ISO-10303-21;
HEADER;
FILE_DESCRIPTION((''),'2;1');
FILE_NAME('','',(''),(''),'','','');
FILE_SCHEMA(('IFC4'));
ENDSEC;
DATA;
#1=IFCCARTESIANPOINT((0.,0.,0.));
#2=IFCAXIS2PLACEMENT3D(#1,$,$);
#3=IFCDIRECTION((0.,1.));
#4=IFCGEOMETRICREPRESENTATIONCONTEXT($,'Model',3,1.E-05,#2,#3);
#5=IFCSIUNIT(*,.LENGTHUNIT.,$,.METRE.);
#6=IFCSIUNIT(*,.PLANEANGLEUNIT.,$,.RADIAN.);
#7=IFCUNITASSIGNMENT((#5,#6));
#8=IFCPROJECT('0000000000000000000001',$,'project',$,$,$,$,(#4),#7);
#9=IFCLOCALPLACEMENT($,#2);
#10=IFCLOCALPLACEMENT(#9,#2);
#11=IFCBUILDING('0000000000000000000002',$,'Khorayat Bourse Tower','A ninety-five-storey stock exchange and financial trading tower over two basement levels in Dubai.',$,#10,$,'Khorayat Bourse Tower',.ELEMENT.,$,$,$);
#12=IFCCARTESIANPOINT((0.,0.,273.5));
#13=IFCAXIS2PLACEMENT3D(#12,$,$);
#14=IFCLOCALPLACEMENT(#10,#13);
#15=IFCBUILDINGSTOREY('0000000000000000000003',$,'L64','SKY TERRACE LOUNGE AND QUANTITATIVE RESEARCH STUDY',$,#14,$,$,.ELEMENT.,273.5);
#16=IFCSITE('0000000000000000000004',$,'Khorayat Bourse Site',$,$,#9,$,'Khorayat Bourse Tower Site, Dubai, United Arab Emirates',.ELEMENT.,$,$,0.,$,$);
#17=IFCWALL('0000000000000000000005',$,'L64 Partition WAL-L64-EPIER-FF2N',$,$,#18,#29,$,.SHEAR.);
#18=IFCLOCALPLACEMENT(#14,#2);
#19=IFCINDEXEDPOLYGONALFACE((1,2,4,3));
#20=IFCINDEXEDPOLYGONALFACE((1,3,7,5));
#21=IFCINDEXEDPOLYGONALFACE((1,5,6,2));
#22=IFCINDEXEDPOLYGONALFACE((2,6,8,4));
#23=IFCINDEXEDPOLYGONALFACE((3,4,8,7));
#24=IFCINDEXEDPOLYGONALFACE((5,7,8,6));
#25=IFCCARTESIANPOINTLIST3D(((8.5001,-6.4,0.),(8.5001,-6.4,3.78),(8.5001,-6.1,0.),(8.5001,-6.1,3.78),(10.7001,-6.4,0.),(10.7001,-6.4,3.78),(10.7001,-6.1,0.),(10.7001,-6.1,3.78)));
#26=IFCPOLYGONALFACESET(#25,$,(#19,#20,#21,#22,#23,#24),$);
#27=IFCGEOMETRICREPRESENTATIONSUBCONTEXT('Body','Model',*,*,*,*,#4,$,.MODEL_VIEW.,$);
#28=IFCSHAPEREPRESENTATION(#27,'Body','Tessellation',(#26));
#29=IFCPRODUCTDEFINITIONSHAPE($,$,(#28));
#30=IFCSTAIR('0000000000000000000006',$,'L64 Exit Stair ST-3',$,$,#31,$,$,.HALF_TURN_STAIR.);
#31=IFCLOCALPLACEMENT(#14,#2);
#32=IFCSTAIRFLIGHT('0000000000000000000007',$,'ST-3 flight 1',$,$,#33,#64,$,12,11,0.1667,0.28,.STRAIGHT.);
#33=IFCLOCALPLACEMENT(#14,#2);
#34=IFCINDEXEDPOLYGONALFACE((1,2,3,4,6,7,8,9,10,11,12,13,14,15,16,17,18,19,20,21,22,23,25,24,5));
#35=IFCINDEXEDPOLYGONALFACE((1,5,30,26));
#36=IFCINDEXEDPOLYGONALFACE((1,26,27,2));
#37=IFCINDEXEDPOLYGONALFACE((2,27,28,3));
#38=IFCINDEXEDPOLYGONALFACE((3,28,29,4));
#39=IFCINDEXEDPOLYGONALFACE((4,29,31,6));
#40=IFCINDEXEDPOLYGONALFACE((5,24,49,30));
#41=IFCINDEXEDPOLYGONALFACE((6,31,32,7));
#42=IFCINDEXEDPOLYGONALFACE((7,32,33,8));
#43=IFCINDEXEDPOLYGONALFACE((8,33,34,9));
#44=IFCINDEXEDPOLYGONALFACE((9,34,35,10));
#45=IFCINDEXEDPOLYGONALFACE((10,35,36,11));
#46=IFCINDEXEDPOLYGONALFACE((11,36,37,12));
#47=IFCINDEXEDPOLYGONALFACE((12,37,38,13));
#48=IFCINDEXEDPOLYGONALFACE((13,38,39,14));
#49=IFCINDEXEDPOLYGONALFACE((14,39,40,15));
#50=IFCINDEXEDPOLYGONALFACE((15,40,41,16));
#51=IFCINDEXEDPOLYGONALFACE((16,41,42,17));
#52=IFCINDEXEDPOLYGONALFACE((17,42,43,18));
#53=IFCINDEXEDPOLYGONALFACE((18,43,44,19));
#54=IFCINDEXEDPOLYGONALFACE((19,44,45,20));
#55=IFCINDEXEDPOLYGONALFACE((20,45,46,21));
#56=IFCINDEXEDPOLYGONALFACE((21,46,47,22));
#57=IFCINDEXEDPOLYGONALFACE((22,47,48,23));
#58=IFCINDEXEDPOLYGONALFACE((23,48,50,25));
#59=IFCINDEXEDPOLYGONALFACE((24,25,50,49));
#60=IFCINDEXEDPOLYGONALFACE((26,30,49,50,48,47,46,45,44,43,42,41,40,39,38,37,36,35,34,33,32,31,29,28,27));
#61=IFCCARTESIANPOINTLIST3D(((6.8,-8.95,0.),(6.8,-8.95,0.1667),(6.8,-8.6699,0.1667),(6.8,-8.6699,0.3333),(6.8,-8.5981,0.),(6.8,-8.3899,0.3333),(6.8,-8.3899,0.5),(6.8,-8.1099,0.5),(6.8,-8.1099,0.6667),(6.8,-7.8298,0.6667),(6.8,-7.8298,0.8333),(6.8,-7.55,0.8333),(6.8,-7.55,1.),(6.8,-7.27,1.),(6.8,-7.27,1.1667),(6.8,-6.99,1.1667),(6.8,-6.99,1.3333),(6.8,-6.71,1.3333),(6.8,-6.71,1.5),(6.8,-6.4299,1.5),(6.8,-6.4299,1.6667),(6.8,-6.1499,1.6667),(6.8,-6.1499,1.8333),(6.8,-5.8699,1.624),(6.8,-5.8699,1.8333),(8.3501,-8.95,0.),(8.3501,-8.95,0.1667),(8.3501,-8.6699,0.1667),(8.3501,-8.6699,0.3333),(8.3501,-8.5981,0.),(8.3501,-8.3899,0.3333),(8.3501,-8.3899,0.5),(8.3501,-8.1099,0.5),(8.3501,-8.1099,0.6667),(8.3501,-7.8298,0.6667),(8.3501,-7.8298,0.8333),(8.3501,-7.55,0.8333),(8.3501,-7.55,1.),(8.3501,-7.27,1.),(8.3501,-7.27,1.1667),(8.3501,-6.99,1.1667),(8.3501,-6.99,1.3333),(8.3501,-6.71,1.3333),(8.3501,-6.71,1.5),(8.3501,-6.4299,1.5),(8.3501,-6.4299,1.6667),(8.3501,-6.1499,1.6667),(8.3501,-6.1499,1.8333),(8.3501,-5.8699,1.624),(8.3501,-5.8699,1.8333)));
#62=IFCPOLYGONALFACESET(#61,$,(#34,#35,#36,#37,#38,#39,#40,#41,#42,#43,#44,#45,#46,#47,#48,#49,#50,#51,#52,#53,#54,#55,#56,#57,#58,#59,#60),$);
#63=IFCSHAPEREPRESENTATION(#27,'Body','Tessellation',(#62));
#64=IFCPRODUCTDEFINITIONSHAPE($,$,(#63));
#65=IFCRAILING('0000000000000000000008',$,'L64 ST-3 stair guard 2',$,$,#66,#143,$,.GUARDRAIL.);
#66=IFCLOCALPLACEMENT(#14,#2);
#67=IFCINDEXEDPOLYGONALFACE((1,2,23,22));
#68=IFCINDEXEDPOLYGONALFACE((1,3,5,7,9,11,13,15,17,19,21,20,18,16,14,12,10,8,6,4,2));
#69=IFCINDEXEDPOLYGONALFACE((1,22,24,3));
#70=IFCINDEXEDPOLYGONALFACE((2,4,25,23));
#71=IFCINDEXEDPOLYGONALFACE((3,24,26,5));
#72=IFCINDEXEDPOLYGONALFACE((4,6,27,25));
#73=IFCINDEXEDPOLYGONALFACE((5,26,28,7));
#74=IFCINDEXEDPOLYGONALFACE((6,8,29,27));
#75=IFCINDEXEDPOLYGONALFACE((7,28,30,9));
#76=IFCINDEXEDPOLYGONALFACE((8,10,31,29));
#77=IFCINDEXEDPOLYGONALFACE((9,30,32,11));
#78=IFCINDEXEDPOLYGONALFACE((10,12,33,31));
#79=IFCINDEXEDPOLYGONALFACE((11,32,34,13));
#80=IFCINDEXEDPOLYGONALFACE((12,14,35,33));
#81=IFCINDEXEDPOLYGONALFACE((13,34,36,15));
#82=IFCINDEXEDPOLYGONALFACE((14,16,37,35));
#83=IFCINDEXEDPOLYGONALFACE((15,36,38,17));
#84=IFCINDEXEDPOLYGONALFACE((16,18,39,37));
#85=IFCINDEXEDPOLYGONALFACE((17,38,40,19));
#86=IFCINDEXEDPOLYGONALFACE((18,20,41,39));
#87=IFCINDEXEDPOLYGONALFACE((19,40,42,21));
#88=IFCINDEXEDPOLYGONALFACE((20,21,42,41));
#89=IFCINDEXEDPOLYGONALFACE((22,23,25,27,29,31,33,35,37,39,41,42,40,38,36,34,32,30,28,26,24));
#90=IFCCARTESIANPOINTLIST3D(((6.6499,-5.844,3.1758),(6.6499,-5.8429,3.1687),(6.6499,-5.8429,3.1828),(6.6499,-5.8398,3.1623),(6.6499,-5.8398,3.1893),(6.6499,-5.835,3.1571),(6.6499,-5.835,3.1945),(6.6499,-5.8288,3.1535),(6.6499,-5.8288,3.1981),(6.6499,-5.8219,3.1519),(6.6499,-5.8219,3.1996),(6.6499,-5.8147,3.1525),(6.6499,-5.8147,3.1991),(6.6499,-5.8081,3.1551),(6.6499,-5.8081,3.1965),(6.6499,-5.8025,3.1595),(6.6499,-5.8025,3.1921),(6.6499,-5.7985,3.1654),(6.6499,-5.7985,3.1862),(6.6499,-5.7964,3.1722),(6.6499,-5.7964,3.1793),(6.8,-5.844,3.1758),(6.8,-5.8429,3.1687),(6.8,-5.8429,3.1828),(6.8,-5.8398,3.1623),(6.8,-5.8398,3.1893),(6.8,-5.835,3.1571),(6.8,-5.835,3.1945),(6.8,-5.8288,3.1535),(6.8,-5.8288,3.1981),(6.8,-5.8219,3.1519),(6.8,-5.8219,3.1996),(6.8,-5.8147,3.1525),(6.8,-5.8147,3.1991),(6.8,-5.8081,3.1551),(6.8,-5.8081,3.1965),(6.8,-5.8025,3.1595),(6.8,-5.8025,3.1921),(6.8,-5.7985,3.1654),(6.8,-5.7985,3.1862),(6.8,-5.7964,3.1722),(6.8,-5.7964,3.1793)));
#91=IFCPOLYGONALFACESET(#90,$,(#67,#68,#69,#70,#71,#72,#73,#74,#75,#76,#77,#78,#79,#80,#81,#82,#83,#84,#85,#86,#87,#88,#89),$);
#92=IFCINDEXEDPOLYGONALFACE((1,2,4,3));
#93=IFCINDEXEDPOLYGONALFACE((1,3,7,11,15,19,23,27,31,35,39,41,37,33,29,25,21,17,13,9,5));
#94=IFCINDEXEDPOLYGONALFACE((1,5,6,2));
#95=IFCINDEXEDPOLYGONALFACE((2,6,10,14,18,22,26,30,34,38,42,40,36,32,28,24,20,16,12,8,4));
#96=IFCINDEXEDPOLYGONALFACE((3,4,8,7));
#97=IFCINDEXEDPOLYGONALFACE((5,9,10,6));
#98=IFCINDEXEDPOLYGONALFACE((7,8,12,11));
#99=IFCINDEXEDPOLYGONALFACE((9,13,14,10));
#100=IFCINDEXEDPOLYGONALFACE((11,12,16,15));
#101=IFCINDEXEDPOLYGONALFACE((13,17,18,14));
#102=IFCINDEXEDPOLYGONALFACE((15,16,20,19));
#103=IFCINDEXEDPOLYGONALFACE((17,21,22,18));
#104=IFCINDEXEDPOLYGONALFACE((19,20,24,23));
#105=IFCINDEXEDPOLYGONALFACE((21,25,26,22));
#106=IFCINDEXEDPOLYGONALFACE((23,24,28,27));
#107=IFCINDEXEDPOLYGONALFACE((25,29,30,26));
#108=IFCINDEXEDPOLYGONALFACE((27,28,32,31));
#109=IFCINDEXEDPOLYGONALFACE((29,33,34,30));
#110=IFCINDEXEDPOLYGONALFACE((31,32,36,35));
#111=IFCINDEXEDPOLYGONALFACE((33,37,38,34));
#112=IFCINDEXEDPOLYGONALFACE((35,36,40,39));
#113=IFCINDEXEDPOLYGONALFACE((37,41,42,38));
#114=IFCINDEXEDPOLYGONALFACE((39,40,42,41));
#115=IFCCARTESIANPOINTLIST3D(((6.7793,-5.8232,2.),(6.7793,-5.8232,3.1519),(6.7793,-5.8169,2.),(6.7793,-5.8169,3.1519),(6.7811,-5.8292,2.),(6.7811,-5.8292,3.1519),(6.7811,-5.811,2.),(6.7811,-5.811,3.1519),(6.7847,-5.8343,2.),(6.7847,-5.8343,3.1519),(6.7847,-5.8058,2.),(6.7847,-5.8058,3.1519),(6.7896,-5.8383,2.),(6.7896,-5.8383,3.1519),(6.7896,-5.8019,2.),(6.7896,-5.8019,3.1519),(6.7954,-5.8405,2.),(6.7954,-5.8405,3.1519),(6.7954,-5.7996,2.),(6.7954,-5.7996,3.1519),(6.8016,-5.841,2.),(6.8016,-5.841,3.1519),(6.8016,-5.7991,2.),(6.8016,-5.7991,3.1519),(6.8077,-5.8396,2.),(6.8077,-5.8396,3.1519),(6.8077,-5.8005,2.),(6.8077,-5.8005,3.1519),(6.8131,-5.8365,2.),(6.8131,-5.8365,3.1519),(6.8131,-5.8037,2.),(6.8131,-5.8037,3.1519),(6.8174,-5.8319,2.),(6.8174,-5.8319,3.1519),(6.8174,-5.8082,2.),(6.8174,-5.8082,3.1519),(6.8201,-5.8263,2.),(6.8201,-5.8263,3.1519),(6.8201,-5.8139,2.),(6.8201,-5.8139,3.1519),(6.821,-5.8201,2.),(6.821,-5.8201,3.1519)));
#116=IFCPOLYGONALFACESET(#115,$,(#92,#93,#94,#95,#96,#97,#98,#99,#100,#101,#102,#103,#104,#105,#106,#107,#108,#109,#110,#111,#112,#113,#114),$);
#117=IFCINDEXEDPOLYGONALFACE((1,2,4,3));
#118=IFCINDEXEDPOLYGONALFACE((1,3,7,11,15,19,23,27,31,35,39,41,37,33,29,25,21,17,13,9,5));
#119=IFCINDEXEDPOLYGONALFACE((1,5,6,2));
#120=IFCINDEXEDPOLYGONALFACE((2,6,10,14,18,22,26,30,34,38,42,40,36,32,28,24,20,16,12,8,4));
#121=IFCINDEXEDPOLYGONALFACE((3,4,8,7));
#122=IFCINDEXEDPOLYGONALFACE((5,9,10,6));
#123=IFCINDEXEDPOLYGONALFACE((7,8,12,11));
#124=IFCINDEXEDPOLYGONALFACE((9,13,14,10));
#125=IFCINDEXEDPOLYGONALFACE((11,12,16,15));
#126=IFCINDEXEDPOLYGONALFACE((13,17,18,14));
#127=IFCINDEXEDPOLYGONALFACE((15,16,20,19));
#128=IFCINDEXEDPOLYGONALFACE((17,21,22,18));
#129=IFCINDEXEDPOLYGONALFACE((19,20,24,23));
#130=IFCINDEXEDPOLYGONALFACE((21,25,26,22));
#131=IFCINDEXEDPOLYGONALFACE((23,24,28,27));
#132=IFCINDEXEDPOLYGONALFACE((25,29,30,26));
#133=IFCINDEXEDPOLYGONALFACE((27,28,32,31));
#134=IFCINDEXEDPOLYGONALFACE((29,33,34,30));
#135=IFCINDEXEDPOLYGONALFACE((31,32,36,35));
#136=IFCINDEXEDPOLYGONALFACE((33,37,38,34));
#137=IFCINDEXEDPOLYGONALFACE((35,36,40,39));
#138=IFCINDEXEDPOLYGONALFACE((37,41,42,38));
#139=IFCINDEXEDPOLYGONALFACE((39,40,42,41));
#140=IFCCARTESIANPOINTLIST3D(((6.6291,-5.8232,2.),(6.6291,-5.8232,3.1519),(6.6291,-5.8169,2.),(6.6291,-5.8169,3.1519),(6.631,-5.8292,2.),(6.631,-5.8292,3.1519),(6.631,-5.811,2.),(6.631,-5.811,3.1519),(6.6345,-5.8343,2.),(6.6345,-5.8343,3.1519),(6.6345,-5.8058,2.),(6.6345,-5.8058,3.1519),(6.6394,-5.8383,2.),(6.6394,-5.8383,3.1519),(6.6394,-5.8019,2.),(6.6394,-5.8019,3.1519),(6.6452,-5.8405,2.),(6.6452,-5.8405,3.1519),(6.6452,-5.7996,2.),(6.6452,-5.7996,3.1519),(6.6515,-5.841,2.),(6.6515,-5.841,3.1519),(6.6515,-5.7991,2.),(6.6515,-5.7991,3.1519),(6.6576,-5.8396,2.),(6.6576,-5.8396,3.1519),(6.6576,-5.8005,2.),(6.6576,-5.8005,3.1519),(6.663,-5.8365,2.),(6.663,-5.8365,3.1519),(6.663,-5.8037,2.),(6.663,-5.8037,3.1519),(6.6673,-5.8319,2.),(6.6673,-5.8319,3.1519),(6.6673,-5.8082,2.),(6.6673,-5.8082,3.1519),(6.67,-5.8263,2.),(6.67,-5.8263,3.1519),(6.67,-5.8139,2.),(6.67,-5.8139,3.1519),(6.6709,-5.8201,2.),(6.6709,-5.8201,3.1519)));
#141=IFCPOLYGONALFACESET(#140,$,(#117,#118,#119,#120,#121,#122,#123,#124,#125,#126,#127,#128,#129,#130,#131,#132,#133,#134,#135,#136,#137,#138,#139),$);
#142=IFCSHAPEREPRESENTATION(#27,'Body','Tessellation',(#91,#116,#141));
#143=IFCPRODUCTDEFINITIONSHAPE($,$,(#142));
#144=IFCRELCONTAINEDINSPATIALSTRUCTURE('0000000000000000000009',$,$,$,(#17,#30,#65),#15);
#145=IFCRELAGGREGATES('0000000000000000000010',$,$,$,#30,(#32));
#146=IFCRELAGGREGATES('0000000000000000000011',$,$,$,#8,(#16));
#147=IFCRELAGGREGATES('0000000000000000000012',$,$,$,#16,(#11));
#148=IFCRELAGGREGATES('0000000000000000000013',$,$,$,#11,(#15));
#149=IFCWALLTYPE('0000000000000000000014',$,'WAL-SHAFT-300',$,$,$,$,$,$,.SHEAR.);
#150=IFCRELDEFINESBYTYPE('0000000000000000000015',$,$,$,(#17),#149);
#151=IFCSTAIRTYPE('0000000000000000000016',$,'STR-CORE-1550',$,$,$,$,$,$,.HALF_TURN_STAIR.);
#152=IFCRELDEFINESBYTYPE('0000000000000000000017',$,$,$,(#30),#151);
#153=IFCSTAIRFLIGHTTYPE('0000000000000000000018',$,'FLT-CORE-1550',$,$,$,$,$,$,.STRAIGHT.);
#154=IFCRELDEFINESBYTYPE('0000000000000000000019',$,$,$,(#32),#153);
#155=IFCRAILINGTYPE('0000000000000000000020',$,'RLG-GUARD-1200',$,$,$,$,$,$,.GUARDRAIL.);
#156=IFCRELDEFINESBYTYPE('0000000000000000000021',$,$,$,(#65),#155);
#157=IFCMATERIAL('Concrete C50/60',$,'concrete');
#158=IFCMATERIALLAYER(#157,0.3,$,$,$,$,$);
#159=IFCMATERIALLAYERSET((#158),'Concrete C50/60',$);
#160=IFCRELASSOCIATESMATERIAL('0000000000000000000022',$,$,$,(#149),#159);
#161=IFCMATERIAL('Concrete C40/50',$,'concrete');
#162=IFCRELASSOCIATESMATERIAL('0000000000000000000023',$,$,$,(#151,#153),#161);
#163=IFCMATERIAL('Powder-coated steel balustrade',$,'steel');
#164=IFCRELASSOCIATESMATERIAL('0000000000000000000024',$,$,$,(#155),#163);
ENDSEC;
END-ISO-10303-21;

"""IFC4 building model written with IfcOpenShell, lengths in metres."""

from ifc_helpers import new_model, si_unit, direction, frame, frame_2d, origin, origin_2d, place, context, subcontext, project, spatial, polyline, rectangle, circle, outline, extrude, source, transform, mapped, material, layer, layer_set, type_object, element, aggregate, save


model = new_model("IFC4")

# Units and contexts
model_context = context("Model", 3, precision=1e-05, world=origin(), true_north=direction((0.0, 1.0)))
body_context = subcontext(model_context, "Body", "Model", "MODEL_VIEW")
ifc_project = project(units=[si_unit("LENGTHUNIT", "METRE"), si_unit("PLANEANGLEUNIT", "RADIAN")], contexts=[model_context])

# Site, building, storey
site_placement = place(None, origin())
site = spatial("IfcSite", under=ifc_project, at=site_placement, Name="Khorayat Bourse Site", LongName="Khorayat Bourse Tower Site, Dubai, United Arab Emirates", CompositionType="ELEMENT", RefElevation=0.0)
building_placement = place(site_placement, origin())
building = spatial("IfcBuilding", under=site, at=building_placement, Name="Khorayat Bourse Tower", Description="A ninety-five-storey stock exchange and financial trading tower over two basement levels in Dubai.", LongName="Khorayat Bourse Tower", CompositionType="ELEMENT")
storey_placement = place(building_placement, frame((0.0, 0.0, 273.5)))
storey = spatial("IfcBuildingStorey", under=building, at=storey_placement, Name="L64", Description="SKY TERRACE LOUNGE AND QUANTITATIVE RESEARCH STUDY", CompositionType="ELEMENT", Elevation=273.5)

# Wall
ifc_material_1 = material(Name="Concrete C50/60", Category="concrete")
ifc_layer_1 = layer(ifc_material_1, 0.3)
ifc_layer_set_1 = layer_set([ifc_layer_1], Name="Concrete C50/60")
wall_type_1 = type_object("IfcWallType", Name="WAL-SHAFT-300", PredefinedType="SHEAR", material=ifc_layer_set_1)
shared_shape_1 = source(origin(), body_context, "Body", "SweptSolid", [
    extrude(rectangle(XDim=2.2, YDim=0.3, at=frame_2d((1.1001, 0.0))), origin(), (0.0, 0.0, 1.0), 3.78),
])
for number, where, z_axis, x_axis, name in (
    (1, (8.5, -6.25, 0.0), (0.0, 0.0, 1.0), (1.0, 0.0, 0.0), "L64 Partition WAL-L64-EPIER-FF2N"),
):
    element("IfcWall", number, at=place(storey_placement, frame(where, z_axis=z_axis, x_axis=x_axis)), inside=storey, type_object=wall_type_1, Name=name, PredefinedType="SHEAR", context=body_context, shape_type="MappedRepresentation", body=[
        mapped(shared_shape_1, transform((0.0, 0.0, 0.0), scale=1.0)),
    ])

# Stair, stair flight
ifc_material_2 = material(Name="Concrete C40/50", Category="concrete")
stair_type = type_object("IfcStairType", Name="STR-CORE-1550", PredefinedType="HALF_TURN_STAIR", material=ifc_material_2)
stair_placement = place(storey_placement, origin())
stair = element("IfcStair", 2, at=stair_placement, inside=storey, type_object=stair_type, Name="L64 Exit Stair ST-3", PredefinedType="HALF_TURN_STAIR")
stair_flight_type = type_object("IfcStairFlightType", Name="FLT-CORE-1550", PredefinedType="STRAIGHT", material=ifc_material_2)
shared_shape_2 = source(origin(), body_context, "Body", "SweptSolid", [
    extrude(outline(polyline([(0.0, 0.0), (0.0, 0.1667), (0.28, 0.1667), (0.28, 0.3333), (0.5601, 0.3333), (0.5601, 0.5), (0.8401, 0.5), (0.8401, 0.6667), (1.1201, 0.6667), (1.1201, 0.8333), (1.3999, 0.8333), (1.3999, 1.0), (1.6799, 1.0), (1.6799, 1.1667), (1.96, 1.1667), (1.96, 1.3333), (2.24, 1.3333), (2.24, 1.5), (2.52, 1.5), (2.52, 1.6667), (2.8, 1.6667), (2.8, 1.8333), (3.0801, 1.8333), (3.0801, 2.0), (3.0801, 1.624), (0.3518, 0.0), (0.0, 0.0)])), frame((0.0, 0.7749, 0.0), z_axis=(0.0, -1.0, 0.0), x_axis=(1.0, 0.0, 0.0)), (0.0, 0.0, 1.0), 1.55),
])
stair_flight_placement = place(storey_placement, frame((7.575, -8.95, 0.0), z_axis=(0.0, 0.0, 1.0), x_axis=(0.0, 1.0, 0.0)))
stair_flight = element("IfcStairFlight", 3, at=stair_flight_placement, type_object=stair_flight_type, Name="ST-3 flight 1", NumberOfRisers=12, NumberOfTreads=11, PredefinedType="STRAIGHT", RiserHeight=0.1667, TreadLength=0.28, context=body_context, shape_type="MappedRepresentation", body=[
    mapped(shared_shape_2, transform((0.0, 0.0, 0.0), scale=1.0)),
])
aggregate(stair, [stair_flight])

# Railing
ifc_material_3 = material(Name="Powder-coated steel balustrade", Category="steel")
railing_type_1 = type_object("IfcRailingType", Name="RLG-GUARD-1200", PredefinedType="GUARDRAIL", material=ifc_material_3)
shared_shape_3 = source(origin(), body_context, "Body", "SweptSolid", [
    extrude(circle(Radius=0.0239, at=origin_2d()), frame((0.0, 0.0, 1.1758), z_axis=(-1.0, 0.0, 0.0), x_axis=(0.0, -1.0, 0.0)), (0.0, 0.0, 1.0), 0.1501),
    extrude(circle(Radius=0.021, at=origin_2d()), origin(), (0.0, 0.0, 1.0), 1.1519),
    extrude(circle(Radius=0.021, at=origin_2d()), frame((-0.1501, 0.0, 0.0)), (0.0, 0.0, 1.0), 1.1519),
])
for number, where, name in (
    (4, (6.8, -5.8201, 2.0), "L64 ST-3 stair guard 2"),
):
    element("IfcRailing", number, at=place(storey_placement, frame(where)), inside=storey, type_object=railing_type_1, Name=name, PredefinedType="GUARDRAIL", context=body_context, shape_type="MappedRepresentation", body=[
        mapped(shared_shape_3, transform((0.0, 0.0, 0.0), scale=1.0)),
    ])

save(model, "model.ifc")
